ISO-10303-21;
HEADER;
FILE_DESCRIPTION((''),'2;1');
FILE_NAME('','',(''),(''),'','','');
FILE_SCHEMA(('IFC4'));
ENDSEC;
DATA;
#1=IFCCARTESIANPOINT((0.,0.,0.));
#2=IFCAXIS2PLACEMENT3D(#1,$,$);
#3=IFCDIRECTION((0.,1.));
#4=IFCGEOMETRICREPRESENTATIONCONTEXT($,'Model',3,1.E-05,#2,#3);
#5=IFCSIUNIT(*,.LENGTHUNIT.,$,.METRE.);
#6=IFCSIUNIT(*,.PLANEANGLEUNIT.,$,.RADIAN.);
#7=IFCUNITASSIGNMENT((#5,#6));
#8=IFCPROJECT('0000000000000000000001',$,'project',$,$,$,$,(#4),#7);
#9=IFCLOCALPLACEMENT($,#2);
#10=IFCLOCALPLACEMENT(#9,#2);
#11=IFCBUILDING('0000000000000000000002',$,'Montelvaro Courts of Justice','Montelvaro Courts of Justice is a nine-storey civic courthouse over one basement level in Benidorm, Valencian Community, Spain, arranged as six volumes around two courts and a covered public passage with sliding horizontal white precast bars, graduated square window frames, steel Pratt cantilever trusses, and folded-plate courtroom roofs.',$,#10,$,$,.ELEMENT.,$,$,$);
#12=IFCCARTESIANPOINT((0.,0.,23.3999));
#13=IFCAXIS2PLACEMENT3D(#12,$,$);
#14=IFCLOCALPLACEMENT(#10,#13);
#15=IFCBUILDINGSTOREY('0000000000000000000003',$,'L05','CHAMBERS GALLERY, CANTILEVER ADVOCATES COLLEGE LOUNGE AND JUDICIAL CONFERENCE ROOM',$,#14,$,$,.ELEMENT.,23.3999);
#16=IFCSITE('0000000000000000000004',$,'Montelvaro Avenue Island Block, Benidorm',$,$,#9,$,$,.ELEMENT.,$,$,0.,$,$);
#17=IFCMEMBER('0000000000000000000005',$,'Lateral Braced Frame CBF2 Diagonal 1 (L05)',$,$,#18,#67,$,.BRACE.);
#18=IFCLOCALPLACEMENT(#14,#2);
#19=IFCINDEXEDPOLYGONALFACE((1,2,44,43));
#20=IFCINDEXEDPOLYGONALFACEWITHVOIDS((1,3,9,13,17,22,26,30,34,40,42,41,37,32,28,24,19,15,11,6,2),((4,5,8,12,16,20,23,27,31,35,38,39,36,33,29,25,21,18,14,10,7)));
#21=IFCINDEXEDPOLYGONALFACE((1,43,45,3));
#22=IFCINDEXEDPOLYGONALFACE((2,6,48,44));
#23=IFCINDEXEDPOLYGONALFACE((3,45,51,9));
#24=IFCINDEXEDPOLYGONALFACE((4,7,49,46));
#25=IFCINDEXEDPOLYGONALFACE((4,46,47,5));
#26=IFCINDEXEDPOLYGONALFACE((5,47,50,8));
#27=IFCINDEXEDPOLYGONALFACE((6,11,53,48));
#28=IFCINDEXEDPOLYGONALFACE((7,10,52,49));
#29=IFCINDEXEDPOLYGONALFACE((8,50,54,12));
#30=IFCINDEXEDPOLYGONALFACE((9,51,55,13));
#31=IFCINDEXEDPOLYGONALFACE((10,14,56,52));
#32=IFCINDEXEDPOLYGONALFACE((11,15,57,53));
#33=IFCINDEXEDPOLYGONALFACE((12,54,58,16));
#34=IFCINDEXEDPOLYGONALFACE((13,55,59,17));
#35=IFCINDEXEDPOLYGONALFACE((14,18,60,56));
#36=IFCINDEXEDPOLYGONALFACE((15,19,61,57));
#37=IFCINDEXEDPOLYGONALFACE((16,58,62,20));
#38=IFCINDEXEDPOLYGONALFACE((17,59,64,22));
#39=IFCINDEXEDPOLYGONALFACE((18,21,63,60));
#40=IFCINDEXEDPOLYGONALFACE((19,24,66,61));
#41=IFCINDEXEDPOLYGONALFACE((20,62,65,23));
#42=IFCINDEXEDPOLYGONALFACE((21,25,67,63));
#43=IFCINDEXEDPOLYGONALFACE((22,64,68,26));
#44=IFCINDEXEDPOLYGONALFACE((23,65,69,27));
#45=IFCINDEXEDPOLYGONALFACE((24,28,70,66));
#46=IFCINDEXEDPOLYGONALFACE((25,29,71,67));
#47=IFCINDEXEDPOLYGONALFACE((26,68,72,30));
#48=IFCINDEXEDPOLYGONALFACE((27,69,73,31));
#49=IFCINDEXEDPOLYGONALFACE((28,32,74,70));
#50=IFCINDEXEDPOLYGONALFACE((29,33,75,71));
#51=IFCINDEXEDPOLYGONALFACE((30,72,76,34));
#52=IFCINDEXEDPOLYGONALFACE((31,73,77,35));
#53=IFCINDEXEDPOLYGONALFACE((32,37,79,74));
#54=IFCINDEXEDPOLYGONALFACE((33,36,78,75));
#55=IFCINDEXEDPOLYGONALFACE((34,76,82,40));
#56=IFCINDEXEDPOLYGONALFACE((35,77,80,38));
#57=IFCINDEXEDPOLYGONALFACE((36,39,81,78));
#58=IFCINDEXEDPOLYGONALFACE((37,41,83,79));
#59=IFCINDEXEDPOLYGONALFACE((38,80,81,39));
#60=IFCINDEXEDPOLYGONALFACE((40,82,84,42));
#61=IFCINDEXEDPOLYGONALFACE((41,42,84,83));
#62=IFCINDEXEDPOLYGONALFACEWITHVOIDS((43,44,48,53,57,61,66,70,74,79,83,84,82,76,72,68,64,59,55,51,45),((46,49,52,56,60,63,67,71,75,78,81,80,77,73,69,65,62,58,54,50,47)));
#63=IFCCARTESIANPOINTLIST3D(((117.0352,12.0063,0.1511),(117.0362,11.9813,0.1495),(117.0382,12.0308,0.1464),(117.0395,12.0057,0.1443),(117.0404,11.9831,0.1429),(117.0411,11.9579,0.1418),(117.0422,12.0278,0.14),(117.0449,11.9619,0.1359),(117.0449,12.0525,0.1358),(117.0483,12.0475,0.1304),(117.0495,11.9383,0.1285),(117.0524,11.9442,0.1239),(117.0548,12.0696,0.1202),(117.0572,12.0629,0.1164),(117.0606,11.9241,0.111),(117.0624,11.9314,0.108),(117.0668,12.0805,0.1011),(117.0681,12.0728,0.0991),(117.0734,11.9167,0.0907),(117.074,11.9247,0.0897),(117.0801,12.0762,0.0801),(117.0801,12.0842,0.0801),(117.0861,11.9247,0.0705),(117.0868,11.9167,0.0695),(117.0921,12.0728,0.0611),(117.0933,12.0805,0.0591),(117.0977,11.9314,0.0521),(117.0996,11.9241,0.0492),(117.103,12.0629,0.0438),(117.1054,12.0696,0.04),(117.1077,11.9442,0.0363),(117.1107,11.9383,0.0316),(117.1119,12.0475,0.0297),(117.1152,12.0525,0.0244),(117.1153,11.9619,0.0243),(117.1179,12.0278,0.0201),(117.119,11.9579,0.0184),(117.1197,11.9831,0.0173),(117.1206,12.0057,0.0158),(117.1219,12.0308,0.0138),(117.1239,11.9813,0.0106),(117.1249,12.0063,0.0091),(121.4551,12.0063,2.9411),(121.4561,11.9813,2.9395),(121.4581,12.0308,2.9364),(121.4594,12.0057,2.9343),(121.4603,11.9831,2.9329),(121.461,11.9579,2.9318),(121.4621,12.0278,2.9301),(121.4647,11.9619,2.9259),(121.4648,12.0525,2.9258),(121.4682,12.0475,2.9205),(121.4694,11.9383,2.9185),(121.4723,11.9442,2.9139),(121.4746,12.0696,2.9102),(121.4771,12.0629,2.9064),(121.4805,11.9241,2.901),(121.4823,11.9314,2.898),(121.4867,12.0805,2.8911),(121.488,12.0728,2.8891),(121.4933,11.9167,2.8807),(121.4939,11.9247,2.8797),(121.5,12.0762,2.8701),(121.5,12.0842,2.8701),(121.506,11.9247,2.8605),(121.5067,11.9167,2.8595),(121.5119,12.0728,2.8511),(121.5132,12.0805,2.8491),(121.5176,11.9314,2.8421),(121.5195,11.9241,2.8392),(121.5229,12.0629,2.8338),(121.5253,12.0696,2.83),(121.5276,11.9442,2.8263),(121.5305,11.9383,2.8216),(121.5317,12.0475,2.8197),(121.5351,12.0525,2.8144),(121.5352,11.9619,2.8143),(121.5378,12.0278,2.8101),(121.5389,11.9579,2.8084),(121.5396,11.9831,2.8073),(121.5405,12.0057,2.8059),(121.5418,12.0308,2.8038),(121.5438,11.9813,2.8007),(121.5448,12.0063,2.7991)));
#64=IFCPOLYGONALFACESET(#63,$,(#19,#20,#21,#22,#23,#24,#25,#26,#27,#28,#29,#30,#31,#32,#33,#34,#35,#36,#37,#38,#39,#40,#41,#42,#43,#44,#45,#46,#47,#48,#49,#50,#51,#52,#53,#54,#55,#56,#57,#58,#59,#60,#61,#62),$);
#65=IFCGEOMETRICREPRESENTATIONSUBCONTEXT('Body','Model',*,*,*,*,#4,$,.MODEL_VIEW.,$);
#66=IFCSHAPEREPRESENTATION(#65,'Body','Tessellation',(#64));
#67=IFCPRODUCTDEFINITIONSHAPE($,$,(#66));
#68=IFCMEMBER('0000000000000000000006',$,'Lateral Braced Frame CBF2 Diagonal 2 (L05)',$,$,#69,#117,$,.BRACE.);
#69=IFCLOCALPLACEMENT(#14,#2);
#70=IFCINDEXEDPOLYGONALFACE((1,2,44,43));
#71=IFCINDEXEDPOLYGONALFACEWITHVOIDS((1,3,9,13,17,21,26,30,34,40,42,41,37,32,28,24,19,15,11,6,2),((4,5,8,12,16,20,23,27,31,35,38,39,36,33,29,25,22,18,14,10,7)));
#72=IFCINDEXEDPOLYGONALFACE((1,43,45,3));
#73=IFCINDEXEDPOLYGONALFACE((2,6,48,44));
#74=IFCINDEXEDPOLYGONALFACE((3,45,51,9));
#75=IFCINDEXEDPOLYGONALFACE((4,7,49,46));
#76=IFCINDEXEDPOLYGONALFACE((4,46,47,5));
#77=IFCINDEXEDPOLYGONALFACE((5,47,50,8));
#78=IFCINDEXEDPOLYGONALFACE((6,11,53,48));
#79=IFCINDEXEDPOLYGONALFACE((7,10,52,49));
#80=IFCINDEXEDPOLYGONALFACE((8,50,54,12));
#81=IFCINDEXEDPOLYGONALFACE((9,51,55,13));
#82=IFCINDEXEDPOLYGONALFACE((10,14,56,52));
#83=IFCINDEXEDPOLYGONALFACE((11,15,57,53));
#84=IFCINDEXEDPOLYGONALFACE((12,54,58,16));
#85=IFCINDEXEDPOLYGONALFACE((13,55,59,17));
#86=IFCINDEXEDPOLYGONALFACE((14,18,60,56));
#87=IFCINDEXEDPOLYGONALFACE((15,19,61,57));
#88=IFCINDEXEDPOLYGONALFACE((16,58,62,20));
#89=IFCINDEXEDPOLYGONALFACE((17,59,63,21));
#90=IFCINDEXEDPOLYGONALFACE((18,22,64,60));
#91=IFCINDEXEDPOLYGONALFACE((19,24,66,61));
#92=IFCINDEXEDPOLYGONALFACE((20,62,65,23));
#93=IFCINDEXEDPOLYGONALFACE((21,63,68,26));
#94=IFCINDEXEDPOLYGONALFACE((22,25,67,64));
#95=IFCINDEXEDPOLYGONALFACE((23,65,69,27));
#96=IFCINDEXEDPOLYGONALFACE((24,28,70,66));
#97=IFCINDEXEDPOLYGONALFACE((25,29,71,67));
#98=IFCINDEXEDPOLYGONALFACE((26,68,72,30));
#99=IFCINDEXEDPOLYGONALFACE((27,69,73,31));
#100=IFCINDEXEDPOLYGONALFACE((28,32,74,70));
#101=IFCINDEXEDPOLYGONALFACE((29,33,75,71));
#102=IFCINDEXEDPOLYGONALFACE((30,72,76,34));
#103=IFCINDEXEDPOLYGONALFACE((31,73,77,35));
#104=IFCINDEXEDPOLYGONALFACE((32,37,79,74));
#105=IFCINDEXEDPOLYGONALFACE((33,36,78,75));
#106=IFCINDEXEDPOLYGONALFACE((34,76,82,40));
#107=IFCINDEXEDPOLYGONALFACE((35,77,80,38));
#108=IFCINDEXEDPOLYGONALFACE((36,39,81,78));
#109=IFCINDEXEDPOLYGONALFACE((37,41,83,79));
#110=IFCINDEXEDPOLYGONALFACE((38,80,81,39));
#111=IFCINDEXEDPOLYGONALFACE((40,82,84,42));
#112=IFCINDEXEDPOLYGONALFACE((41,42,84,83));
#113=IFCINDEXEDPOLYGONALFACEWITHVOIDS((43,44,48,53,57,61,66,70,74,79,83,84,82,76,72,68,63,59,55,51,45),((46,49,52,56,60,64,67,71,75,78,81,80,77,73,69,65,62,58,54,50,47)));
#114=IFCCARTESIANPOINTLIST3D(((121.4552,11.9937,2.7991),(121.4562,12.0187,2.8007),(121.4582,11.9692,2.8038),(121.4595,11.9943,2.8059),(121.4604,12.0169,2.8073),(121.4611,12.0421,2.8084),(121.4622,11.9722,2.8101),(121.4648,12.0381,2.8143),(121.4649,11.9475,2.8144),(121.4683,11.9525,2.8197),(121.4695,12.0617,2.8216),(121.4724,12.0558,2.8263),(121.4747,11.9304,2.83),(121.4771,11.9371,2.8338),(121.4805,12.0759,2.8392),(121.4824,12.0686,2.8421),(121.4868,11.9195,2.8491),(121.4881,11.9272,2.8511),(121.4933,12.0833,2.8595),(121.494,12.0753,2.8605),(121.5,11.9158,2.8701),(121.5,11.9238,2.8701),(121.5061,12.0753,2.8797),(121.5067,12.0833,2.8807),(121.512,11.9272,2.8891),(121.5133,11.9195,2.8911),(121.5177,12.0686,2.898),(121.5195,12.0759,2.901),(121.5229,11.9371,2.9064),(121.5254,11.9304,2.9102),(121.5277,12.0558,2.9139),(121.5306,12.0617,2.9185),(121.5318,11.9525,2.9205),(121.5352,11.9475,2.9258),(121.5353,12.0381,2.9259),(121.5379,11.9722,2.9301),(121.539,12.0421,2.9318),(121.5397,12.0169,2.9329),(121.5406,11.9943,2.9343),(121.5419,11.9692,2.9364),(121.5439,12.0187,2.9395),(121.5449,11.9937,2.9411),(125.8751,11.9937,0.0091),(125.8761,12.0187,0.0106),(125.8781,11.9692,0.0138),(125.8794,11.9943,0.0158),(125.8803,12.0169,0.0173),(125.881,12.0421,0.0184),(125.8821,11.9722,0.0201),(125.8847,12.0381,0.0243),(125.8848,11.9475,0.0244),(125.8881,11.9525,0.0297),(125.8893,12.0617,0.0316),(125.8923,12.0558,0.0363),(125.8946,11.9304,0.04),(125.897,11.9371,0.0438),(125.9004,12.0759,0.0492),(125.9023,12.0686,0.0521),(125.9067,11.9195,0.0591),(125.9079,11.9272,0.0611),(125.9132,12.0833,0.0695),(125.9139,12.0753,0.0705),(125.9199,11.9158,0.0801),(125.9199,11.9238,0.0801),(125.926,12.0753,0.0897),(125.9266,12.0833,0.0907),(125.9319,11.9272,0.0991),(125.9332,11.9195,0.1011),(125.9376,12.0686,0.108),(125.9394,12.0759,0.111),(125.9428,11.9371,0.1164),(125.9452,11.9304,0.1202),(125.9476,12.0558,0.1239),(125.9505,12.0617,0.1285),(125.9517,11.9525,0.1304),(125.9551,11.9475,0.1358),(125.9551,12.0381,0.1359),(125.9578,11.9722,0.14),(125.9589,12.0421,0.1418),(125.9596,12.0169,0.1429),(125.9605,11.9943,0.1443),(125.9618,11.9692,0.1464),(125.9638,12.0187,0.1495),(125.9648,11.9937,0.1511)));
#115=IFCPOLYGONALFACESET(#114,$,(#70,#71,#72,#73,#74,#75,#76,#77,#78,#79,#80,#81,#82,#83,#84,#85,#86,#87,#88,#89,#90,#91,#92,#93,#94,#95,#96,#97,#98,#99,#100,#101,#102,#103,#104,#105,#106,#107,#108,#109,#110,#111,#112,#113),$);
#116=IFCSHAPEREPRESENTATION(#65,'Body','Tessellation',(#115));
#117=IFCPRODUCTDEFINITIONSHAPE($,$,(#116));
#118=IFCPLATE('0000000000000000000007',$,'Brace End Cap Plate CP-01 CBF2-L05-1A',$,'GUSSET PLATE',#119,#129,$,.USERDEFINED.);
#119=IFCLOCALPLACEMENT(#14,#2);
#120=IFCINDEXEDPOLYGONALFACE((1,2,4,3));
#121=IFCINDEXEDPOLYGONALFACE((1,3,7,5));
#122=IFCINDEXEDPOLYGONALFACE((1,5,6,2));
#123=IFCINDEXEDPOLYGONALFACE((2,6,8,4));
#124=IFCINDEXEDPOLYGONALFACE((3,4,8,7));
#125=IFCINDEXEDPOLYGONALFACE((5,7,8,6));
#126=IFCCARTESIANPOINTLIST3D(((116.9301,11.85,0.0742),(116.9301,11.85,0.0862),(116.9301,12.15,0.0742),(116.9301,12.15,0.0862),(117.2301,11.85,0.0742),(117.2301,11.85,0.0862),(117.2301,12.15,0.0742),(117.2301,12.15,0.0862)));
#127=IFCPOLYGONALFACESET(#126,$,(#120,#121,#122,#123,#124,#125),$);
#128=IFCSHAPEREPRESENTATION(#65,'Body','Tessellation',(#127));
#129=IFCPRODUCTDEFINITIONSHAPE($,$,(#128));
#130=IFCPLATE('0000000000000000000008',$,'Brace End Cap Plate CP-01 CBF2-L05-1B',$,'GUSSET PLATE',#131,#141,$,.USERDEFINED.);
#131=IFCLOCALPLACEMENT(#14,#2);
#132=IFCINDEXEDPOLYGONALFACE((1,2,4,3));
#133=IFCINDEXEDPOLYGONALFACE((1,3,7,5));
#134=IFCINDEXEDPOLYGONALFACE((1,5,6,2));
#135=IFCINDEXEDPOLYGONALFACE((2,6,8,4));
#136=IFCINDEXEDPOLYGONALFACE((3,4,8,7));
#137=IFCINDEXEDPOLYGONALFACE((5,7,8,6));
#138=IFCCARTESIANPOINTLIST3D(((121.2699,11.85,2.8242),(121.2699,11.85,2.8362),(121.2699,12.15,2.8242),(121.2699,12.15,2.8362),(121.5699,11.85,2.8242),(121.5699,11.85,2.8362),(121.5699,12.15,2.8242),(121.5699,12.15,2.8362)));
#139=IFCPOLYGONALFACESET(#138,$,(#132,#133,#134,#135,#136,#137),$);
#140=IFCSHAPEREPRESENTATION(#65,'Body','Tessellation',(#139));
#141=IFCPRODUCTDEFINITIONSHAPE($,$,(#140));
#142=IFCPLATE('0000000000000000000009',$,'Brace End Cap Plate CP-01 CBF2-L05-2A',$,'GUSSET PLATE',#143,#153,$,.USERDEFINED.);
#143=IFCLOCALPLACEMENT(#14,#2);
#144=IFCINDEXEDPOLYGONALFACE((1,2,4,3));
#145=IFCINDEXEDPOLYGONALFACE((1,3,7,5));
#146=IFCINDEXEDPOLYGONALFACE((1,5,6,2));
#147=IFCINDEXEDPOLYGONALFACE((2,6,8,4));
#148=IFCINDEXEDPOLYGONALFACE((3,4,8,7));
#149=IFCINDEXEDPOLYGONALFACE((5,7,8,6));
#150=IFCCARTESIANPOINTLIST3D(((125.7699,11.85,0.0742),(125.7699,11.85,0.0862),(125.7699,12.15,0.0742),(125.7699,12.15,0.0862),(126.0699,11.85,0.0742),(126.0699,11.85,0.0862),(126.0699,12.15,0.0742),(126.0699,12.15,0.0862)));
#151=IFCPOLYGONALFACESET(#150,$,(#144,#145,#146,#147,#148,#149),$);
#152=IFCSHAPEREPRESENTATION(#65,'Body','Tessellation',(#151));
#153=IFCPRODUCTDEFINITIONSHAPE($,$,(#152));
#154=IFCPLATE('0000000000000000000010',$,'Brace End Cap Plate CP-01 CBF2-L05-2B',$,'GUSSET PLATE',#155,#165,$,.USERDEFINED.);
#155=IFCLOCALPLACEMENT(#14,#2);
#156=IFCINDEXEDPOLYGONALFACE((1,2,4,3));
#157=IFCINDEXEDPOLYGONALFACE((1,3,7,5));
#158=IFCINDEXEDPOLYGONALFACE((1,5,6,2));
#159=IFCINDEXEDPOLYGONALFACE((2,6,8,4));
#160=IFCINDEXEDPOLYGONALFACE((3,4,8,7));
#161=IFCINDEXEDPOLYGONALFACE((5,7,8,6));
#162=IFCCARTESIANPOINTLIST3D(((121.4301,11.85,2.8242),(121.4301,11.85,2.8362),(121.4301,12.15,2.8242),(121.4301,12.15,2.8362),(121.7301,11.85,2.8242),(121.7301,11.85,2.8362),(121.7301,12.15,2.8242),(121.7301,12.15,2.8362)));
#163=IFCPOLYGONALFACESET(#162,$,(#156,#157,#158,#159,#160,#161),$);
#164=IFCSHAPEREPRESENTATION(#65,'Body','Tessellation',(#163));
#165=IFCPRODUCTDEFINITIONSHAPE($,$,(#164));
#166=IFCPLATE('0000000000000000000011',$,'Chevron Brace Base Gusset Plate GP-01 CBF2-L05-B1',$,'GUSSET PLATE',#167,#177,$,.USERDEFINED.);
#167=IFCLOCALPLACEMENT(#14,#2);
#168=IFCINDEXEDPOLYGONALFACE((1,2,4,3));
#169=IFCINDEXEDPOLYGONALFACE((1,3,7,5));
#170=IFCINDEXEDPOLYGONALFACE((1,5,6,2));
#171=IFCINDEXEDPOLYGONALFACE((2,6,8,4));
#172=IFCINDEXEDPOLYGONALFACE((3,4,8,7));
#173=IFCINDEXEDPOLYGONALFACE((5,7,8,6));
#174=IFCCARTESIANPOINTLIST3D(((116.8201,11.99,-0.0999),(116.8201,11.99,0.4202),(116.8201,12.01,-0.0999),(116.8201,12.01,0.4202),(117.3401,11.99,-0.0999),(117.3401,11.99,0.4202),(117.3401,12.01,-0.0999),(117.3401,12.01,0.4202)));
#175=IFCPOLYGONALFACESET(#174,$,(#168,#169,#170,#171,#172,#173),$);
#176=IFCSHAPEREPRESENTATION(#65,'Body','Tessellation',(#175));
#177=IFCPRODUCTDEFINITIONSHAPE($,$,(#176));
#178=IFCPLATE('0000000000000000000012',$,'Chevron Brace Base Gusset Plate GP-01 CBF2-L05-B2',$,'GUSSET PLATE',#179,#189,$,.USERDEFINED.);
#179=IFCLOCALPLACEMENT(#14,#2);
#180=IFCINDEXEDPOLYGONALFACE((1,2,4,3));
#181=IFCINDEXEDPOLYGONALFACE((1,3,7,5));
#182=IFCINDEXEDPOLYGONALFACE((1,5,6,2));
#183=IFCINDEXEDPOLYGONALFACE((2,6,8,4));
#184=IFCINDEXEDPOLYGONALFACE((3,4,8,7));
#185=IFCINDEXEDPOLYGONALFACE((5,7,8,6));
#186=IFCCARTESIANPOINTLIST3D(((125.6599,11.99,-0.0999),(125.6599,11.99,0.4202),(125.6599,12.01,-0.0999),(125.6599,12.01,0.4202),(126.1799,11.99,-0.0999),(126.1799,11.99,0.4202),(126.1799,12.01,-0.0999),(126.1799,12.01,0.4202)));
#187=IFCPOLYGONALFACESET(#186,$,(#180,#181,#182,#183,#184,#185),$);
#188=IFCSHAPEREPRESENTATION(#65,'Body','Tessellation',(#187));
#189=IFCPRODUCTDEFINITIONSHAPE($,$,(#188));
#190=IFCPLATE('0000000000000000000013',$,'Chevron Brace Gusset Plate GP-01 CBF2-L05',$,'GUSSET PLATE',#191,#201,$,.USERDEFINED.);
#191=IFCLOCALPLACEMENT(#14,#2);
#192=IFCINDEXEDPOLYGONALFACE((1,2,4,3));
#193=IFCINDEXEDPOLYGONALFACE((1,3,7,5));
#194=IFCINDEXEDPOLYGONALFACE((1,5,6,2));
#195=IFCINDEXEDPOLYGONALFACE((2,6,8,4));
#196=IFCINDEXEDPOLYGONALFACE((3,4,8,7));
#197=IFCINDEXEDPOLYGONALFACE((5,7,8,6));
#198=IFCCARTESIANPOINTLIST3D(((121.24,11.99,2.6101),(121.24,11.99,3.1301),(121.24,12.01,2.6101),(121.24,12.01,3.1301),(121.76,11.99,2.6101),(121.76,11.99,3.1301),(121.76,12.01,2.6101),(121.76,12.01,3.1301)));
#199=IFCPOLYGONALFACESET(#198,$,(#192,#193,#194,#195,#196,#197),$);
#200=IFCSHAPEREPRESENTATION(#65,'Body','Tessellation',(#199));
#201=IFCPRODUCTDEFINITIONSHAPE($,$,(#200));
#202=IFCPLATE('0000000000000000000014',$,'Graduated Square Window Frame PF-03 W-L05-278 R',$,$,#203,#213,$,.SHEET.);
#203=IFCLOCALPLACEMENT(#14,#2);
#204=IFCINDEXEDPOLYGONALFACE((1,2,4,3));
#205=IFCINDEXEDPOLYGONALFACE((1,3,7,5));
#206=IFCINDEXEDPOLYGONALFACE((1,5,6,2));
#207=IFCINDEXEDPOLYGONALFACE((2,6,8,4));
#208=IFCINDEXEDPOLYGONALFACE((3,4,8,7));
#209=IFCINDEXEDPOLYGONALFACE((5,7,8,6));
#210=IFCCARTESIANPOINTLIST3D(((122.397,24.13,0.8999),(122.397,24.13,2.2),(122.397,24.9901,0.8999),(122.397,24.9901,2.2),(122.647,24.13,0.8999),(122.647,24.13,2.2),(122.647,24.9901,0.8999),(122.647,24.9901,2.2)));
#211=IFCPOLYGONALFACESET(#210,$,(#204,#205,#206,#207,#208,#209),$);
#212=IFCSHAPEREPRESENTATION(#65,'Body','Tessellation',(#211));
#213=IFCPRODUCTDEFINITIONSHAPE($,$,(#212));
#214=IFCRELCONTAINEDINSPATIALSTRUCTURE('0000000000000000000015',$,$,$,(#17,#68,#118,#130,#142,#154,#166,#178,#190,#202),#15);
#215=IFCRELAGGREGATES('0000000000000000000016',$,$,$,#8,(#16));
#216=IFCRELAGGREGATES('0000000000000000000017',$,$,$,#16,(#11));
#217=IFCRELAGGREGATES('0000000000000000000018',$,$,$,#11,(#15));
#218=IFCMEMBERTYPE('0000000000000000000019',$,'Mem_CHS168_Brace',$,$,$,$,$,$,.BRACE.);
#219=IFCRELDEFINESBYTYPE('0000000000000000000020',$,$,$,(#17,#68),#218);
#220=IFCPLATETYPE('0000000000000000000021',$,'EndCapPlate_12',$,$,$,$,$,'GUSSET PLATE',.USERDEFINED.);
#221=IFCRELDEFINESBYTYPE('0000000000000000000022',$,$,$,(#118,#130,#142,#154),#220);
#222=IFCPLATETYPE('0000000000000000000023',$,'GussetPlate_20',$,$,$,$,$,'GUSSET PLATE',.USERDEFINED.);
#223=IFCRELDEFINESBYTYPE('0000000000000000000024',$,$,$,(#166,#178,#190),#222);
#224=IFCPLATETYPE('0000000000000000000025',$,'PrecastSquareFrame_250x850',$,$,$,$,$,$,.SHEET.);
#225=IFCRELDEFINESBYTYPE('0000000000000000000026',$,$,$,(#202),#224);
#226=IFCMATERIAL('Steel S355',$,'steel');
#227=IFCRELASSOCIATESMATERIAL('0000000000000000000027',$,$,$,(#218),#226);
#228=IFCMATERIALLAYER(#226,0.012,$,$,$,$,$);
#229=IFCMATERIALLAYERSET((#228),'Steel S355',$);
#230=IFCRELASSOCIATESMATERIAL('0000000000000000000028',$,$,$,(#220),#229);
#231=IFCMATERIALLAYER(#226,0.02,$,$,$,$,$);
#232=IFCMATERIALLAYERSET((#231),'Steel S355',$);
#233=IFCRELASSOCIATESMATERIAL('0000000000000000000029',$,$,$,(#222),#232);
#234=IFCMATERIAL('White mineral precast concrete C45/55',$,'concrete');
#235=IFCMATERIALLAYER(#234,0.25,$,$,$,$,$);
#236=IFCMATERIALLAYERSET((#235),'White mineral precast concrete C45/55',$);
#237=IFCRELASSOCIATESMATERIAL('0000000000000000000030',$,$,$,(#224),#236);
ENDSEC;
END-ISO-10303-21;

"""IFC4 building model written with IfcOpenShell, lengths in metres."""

from ifc_helpers import new_model, si_unit, direction, frame, origin, origin_2d, place, context, subcontext, project, spatial, rectangle, hollow_circle, extrude, material, layer, layer_set, material_profile, profile_set, type_object, element, save


model = new_model("IFC4")

# Units and contexts
model_context = context("Model", 3, precision=1e-05, world=origin(), true_north=direction((0.0, 1.0)))
body_context = subcontext(model_context, "Body", "Model", "MODEL_VIEW")
ifc_project = project(units=[si_unit("LENGTHUNIT", "METRE"), si_unit("PLANEANGLEUNIT", "RADIAN")], contexts=[model_context])

# Site, building, storey
site_placement = place(None, origin())
site = spatial("IfcSite", under=ifc_project, at=site_placement, Name="Montelvaro Avenue Island Block, Benidorm", CompositionType="ELEMENT", RefElevation=0.0)
building_placement = place(site_placement, origin())
building = spatial("IfcBuilding", under=site, at=building_placement, Name="Montelvaro Courts of Justice", Description="Montelvaro Courts of Justice is a nine-storey civic courthouse over one basement level in Benidorm, Valencian Community, Spain, arranged as six volumes around two courts and a covered public passage with sliding horizontal white precast bars, graduated square window frames, steel Pratt cantilever trusses, and folded-plate courtroom roofs.", CompositionType="ELEMENT")
storey_placement = place(building_placement, frame((0.0, 0.0, 23.3999)))
storey = spatial("IfcBuildingStorey", under=building, at=storey_placement, Name="L05", Description="CHAMBERS GALLERY, CANTILEVER ADVOCATES COLLEGE LOUNGE AND JUDICIAL CONFERENCE ROOM", CompositionType="ELEMENT", Elevation=23.3999)

# Shared definitions
ifc_material_1 = material(Name="Steel S355", Category="steel")

# Members
ifc_material_profile_1 = material_profile(ifc_material_1, hollow_circle(Radius=0.0842, WallThickness=0.0081, at=origin_2d()), Name="CHS 168.3x8")
ifc_profile_set_1 = profile_set([ifc_material_profile_1], Name="Steel S355")
member_type = type_object("IfcMemberType", Name="Mem_CHS168_Brace", PredefinedType="BRACE", material=ifc_profile_set_1)
for number, where, z_axis, x_axis, name in (
    (1, (117.0801, 12.0, 0.0801), (0.845618, 0.0, 0.533789), (0.0, 1.0, 0.0), "Lateral Braced Frame CBF2 Diagonal 1 (L05)"),
    (2, (125.9199, 12.0, 0.0801), (-0.845618, 0.0, 0.533789), (0.0, -1.0, 0.0), "Lateral Braced Frame CBF2 Diagonal 2 (L05)"),
):
    element("IfcMember", number, at=place(storey_placement, frame(where, z_axis=z_axis, x_axis=x_axis)), inside=storey, type_object=member_type, Name=name, PredefinedType="BRACE", context=body_context, shape_type="SweptSolid", body=[
        extrude(hollow_circle(Radius=0.0842, WallThickness=0.0081, at=origin_2d()), origin(), (0.0, 0.0, 1.0), 5.2268),
    ])

# Plates
ifc_layer_1 = layer(ifc_material_1, 0.012)
ifc_layer_set_1 = layer_set([ifc_layer_1], Name="Steel S355")
plate_type_1 = type_object("IfcPlateType", Name="EndCapPlate_12", ElementType="GUSSET PLATE", PredefinedType="USERDEFINED", material=ifc_layer_set_1)
for number, where, z_axis, x_axis, name in (
    (3, (117.0801, 12.0, 0.0742), (0.0, 0.0, 1.0), (1.0, 0.0, 0.0), "Brace End Cap Plate CP-01 CBF2-L05-1A"),
    (4, (121.4199, 12.0, 2.8242), (0.0, 0.0, 1.0), (1.0, 0.0, 0.0), "Brace End Cap Plate CP-01 CBF2-L05-1B"),
    (5, (125.9199, 12.0, 0.0742), (0.0, 0.0, 1.0), (1.0, 0.0, 0.0), "Brace End Cap Plate CP-01 CBF2-L05-2A"),
    (6, (121.5801, 12.0, 2.8242), (0.0, 0.0, 1.0), (1.0, 0.0, 0.0), "Brace End Cap Plate CP-01 CBF2-L05-2B"),
):
    element("IfcPlate", number, at=place(storey_placement, frame(where, z_axis=z_axis, x_axis=x_axis)), inside=storey, type_object=plate_type_1, Name=name, ObjectType="GUSSET PLATE", PredefinedType="USERDEFINED", context=body_context, shape_type="SweptSolid", body=[
        extrude(rectangle(XDim=0.3, YDim=0.3, at=origin_2d()), origin(), (0.0, 0.0, 1.0), 0.012),
    ])
ifc_layer_2 = layer(ifc_material_1, 0.02)
ifc_layer_set_2 = layer_set([ifc_layer_2], Name="Steel S355")
plate_type_2 = type_object("IfcPlateType", Name="GussetPlate_20", ElementType="GUSSET PLATE", PredefinedType="USERDEFINED", material=ifc_layer_set_2)
for number, where, z_axis, x_axis, name in (
    (7, (117.0801, 12.0, -0.0999), (0.0, 0.0, 1.0), (1.0, 0.0, 0.0), "Chevron Brace Base Gusset Plate GP-01 CBF2-L05-B1"),
    (8, (125.9199, 12.0, -0.0999), (0.0, 0.0, 1.0), (1.0, 0.0, 0.0), "Chevron Brace Base Gusset Plate GP-01 CBF2-L05-B2"),
    (9, (121.5, 12.0, 2.6101), (0.0, 0.0, 1.0), (1.0, 0.0, 0.0), "Chevron Brace Gusset Plate GP-01 CBF2-L05"),
):
    element("IfcPlate", number, at=place(storey_placement, frame(where, z_axis=z_axis, x_axis=x_axis)), inside=storey, type_object=plate_type_2, Name=name, ObjectType="GUSSET PLATE", PredefinedType="USERDEFINED", context=body_context, shape_type="SweptSolid", body=[
        extrude(rectangle(XDim=0.52, YDim=0.02, at=origin_2d()), origin(), (0.0, 0.0, 1.0), 0.52),
    ])
ifc_material_2 = material(Name="White mineral precast concrete C45/55", Category="concrete")
ifc_layer_3 = layer(ifc_material_2, 0.25)
ifc_layer_set_3 = layer_set([ifc_layer_3], Name="White mineral precast concrete C45/55")
plate_type_3 = type_object("IfcPlateType", Name="PrecastSquareFrame_250x850", PredefinedType="SHEET", material=ifc_layer_set_3)
plate_placement = place(storey_placement, frame((122.522, 24.5601, 0.8999), z_axis=(0.0, 0.0, 1.0), x_axis=(-1.0, 0.0, 0.0)))
element("IfcPlate", 10, at=plate_placement, inside=storey, type_object=plate_type_3, Name="Graduated Square Window Frame PF-03 W-L05-278 R", PredefinedType="SHEET", context=body_context, shape_type="SweptSolid", body=[
    extrude(rectangle(XDim=0.25, YDim=0.8601, at=origin_2d()), origin(), (0.0, 0.0, 1.0), 1.3),
])

save(model, "model.ifc")
